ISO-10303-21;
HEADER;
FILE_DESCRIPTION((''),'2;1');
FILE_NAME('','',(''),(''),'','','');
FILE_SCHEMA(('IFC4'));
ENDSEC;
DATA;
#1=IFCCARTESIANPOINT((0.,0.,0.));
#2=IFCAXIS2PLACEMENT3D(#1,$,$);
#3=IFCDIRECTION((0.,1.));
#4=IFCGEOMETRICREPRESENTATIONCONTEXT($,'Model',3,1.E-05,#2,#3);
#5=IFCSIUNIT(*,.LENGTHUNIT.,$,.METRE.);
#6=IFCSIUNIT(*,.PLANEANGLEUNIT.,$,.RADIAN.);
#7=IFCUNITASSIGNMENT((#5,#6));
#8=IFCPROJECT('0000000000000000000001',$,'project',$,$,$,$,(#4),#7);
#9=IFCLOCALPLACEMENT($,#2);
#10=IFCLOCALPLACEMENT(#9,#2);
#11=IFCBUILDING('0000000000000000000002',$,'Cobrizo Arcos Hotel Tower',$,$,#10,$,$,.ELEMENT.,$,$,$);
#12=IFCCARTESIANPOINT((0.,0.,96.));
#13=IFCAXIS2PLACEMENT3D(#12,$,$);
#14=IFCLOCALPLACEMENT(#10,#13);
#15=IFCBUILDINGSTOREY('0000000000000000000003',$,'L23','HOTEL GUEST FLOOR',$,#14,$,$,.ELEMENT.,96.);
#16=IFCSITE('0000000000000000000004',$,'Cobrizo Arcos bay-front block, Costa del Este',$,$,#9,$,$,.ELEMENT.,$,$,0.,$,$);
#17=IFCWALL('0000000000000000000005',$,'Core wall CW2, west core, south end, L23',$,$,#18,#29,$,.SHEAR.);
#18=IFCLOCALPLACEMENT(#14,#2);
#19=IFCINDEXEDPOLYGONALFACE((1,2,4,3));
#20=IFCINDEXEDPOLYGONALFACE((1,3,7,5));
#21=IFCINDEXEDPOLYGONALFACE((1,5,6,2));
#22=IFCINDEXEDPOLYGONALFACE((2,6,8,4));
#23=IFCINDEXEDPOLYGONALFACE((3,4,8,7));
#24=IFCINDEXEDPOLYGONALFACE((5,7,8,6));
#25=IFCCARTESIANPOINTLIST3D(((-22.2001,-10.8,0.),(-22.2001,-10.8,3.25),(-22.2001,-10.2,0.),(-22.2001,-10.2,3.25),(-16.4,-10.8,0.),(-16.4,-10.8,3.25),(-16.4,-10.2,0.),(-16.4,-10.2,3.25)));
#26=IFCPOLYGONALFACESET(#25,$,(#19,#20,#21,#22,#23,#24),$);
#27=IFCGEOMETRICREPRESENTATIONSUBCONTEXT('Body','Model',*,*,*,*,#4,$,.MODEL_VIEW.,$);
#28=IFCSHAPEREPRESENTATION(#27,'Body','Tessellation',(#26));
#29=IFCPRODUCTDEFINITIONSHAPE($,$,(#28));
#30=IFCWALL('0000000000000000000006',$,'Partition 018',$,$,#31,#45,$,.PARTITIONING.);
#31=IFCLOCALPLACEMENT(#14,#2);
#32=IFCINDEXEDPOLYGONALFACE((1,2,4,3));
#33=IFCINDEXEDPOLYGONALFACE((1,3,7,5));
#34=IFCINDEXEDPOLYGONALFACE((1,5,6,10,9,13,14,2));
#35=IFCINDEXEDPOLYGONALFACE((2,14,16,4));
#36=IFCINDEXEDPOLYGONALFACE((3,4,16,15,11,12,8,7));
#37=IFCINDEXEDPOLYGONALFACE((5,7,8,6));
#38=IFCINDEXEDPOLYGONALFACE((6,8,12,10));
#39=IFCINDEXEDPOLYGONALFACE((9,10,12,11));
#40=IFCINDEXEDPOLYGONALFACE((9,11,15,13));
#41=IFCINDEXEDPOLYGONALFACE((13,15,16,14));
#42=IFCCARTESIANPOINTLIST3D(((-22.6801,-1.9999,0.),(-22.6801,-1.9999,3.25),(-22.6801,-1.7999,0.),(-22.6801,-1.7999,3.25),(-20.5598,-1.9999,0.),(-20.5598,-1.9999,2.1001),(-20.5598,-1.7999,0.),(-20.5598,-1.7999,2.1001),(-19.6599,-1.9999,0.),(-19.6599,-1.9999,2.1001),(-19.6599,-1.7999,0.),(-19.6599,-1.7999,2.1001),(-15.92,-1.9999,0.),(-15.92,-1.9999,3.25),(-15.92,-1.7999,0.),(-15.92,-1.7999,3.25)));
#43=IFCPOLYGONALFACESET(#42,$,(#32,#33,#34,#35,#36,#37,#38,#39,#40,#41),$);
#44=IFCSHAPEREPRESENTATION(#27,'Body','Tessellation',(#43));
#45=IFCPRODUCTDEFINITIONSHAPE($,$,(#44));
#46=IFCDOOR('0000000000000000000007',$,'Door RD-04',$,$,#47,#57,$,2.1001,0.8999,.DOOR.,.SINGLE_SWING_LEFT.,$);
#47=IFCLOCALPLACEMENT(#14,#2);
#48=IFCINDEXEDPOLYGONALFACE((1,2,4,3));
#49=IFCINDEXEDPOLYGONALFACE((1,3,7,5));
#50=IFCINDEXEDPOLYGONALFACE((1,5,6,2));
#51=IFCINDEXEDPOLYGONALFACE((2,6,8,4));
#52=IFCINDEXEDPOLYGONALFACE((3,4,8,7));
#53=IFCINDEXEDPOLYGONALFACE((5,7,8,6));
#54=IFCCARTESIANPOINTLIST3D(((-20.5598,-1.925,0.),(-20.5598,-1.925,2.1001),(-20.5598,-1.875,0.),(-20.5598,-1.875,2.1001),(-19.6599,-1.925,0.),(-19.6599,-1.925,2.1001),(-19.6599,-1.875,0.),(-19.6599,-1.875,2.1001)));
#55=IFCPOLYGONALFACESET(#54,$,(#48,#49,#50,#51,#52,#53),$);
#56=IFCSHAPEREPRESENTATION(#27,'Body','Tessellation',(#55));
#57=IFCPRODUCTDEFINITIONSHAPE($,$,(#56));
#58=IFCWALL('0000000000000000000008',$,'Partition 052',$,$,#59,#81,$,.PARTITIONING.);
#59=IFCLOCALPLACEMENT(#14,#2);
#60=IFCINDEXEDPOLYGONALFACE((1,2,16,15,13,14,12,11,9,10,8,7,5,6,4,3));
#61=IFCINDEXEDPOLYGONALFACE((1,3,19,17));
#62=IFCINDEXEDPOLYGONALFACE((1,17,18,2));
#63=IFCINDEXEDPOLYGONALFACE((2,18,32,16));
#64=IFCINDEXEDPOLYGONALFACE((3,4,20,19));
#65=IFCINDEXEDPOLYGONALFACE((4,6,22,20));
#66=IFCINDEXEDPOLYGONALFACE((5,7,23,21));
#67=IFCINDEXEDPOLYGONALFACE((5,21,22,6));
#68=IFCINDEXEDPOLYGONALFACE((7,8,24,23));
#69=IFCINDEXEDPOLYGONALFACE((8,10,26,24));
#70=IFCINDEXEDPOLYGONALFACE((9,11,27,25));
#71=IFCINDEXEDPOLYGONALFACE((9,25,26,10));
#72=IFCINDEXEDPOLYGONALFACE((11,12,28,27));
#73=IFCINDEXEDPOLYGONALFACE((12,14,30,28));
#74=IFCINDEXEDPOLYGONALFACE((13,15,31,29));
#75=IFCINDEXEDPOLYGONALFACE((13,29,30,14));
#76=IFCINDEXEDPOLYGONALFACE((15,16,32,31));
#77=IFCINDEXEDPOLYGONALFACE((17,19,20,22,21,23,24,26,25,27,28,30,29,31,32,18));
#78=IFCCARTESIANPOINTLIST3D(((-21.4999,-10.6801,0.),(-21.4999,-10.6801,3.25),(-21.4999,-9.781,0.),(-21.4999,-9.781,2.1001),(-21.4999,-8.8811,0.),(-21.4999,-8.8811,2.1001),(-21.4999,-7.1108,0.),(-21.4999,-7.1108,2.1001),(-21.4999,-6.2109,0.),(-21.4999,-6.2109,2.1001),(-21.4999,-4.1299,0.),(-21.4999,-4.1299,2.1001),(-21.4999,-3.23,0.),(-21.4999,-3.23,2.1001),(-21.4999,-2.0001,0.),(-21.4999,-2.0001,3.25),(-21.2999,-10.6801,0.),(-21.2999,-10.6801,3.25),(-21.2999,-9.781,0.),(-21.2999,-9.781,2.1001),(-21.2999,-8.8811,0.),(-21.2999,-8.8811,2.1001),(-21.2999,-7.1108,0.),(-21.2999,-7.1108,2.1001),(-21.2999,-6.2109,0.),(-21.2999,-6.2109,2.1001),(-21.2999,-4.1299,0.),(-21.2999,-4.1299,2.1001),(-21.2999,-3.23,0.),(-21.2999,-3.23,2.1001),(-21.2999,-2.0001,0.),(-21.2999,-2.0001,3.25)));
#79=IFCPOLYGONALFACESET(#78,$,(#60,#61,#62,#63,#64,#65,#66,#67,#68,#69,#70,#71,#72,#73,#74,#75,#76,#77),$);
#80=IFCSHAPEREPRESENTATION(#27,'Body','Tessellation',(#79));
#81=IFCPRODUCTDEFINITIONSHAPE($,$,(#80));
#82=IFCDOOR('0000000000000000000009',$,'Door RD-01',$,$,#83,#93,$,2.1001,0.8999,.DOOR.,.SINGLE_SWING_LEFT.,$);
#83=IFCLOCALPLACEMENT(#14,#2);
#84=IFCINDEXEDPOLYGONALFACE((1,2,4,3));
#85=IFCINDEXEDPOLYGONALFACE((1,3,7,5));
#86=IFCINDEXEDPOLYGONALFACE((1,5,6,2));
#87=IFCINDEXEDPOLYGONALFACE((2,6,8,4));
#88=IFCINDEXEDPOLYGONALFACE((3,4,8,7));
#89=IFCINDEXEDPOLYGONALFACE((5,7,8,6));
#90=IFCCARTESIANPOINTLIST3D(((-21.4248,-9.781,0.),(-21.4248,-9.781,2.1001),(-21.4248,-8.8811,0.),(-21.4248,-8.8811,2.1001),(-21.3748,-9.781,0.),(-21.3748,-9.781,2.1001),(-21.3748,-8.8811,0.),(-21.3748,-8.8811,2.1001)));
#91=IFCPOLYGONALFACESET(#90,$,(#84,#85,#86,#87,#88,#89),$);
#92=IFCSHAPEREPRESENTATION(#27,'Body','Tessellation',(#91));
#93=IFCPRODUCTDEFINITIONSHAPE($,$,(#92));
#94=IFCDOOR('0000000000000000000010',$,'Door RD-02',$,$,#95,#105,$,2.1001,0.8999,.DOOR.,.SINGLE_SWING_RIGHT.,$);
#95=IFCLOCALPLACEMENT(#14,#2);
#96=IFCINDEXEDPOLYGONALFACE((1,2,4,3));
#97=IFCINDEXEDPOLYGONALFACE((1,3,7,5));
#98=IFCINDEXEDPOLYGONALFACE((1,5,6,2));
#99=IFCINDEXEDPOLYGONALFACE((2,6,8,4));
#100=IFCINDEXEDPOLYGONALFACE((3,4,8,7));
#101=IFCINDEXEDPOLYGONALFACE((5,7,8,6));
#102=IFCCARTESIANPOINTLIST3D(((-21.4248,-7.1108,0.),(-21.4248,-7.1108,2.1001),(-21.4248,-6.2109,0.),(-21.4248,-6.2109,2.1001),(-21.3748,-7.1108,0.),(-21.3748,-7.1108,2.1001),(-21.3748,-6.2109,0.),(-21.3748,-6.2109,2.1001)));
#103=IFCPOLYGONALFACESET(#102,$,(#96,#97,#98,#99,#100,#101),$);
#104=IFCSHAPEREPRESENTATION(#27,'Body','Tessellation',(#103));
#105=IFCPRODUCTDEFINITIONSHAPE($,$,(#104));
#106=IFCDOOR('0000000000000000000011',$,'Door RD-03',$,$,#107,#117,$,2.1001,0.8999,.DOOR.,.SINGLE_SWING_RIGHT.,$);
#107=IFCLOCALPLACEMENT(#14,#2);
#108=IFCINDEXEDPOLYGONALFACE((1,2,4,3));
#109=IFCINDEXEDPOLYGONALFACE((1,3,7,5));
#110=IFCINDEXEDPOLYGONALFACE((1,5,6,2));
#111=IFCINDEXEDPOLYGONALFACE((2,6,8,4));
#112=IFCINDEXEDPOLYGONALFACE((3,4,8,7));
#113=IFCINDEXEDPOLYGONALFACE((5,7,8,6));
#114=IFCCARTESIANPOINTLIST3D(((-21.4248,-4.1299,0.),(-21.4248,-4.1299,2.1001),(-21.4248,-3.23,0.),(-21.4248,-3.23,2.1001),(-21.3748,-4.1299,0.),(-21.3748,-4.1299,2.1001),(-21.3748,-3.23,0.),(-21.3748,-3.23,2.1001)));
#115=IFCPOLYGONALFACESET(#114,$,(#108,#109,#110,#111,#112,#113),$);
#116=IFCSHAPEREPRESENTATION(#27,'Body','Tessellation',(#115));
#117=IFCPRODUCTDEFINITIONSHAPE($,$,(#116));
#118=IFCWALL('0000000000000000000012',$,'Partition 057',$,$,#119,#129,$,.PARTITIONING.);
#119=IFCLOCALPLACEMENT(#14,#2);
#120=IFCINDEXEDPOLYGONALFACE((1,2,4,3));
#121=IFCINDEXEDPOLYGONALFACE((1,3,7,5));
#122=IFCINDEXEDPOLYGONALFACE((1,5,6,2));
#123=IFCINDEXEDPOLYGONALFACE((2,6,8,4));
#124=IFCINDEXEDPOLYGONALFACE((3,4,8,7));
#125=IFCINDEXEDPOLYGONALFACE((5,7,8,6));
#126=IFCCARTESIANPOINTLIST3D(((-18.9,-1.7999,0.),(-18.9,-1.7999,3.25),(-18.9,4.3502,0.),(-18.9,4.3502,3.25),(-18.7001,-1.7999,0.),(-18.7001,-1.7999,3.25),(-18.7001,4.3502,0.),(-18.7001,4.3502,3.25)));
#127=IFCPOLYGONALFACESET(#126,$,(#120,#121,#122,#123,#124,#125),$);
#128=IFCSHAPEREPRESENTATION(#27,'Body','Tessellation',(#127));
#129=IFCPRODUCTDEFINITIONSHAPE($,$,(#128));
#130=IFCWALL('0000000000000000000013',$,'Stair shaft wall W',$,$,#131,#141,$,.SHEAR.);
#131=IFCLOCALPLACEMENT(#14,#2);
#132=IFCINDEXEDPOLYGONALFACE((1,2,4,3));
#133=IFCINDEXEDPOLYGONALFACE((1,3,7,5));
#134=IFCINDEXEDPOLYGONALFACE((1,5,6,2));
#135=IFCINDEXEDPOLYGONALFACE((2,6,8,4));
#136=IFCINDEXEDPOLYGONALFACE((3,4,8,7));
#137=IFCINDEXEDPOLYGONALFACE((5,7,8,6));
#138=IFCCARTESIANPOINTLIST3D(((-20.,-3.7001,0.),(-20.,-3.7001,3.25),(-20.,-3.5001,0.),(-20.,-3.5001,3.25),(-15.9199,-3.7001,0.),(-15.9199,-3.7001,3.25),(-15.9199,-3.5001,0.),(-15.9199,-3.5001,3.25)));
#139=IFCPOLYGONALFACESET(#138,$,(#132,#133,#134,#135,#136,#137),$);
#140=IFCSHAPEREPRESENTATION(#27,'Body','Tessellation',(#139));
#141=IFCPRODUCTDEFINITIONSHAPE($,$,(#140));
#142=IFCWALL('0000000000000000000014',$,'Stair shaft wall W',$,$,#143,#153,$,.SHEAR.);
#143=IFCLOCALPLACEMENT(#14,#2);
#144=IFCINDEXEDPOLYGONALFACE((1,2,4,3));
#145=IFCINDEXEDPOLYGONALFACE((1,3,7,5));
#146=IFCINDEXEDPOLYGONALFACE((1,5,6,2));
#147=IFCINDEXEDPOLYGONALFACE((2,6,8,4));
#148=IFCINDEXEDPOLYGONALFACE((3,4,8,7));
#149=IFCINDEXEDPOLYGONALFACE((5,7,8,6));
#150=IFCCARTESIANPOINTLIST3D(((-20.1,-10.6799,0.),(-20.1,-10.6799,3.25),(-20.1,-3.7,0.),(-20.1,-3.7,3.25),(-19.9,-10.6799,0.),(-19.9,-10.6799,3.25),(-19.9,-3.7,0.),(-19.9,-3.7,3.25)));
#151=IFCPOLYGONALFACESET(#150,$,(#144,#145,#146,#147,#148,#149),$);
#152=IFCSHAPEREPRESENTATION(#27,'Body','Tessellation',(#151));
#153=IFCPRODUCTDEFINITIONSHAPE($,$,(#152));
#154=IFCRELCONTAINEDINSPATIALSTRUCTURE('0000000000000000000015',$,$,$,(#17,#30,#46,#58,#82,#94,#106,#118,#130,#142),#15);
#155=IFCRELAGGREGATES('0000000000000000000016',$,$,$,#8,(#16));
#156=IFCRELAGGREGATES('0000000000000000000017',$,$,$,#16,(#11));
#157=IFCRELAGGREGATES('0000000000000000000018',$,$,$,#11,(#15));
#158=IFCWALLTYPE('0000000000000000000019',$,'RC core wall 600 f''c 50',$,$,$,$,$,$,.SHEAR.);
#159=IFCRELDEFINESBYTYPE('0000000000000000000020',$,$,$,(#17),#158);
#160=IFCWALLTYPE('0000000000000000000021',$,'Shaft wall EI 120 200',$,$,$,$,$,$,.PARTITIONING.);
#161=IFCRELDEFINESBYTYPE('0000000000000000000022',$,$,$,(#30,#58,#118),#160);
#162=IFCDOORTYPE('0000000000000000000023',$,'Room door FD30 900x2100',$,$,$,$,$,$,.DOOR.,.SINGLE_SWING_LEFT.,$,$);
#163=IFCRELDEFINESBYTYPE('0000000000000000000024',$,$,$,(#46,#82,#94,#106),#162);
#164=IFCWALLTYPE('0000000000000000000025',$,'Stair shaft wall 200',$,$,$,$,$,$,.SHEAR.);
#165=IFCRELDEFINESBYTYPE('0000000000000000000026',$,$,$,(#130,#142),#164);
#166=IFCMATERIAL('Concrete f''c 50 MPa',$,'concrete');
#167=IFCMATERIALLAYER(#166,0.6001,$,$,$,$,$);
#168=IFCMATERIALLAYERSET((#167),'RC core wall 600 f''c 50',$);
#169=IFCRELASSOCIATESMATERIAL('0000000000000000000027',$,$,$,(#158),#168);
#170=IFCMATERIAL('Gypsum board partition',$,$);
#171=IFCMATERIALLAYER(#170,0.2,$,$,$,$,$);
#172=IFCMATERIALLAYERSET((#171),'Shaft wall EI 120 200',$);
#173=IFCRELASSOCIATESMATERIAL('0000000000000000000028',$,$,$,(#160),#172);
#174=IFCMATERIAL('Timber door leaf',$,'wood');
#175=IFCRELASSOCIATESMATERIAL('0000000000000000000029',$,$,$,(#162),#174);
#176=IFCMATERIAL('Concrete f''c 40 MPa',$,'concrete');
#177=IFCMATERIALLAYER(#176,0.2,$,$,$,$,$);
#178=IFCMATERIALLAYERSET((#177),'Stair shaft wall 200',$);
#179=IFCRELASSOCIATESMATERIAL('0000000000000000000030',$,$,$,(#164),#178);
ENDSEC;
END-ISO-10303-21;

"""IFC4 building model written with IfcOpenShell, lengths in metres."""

from ifc_helpers import new_model, si_unit, direction, frame, frame_2d, origin, place, context, subcontext, project, spatial, rectangle, extrude, material, layer, layer_set, type_object, element, fill, save


model = new_model("IFC4")

# Units and contexts
model_context = context("Model", 3, precision=1e-05, world=origin(), true_north=direction((0.0, 1.0)))
body_context = subcontext(model_context, "Body", "Model", "MODEL_VIEW")
ifc_project = project(units=[si_unit("LENGTHUNIT", "METRE"), si_unit("PLANEANGLEUNIT", "RADIAN")], contexts=[model_context])

# Site, building, storey
site_placement = place(None, origin())
site = spatial("IfcSite", under=ifc_project, at=site_placement, Name="Cobrizo Arcos bay-front block, Costa del Este", CompositionType="ELEMENT", RefElevation=0.0)
building_placement = place(site_placement, origin())
building = spatial("IfcBuilding", under=site, at=building_placement, Name="Cobrizo Arcos Hotel Tower", CompositionType="ELEMENT")
storey_placement = place(building_placement, frame((0.0, 0.0, 96.0)))
storey = spatial("IfcBuildingStorey", under=building, at=storey_placement, Name="L23", Description="HOTEL GUEST FLOOR", CompositionType="ELEMENT", Elevation=96.0)

# Wall
ifc_material_1 = material(Name="Gypsum board partition")
ifc_material_2 = material(Name="Concrete f'c 50 MPa", Category="concrete")
ifc_layer_1 = layer(ifc_material_2, 0.6001)
ifc_layer_set_1 = layer_set([ifc_layer_1], Name="RC core wall 600 f'c 50")
wall_type_1 = type_object("IfcWallType", Name="RC core wall 600 f'c 50", PredefinedType="SHEAR", material=ifc_layer_set_1)
wall_1_placement = place(storey_placement, frame((-22.2, -10.5, 0.0), z_axis=(0.0, 0.0, 1.0), x_axis=(1.0, 0.0, 0.0)))
element("IfcWall", 1, at=wall_1_placement, inside=storey, type_object=wall_type_1, Name="Core wall CW2, west core, south end, L23", PredefinedType="SHEAR", context=body_context, shape_type="SweptSolid", body=[
    extrude(rectangle(XDim=5.8, YDim=0.6001, at=frame_2d((2.8999, 0.0))), origin(), (0.0, 0.0, 1.0), 3.25),
])

# Wall, opening, door
ifc_layer_2 = layer(ifc_material_1, 0.2)
ifc_layer_set_2 = layer_set([ifc_layer_2], Name="Shaft wall EI 120 200")
wall_type_2 = type_object("IfcWallType", Name="Shaft wall EI 120 200", PredefinedType="PARTITIONING", material=ifc_layer_set_2)
wall_2_placement = place(storey_placement, frame((-22.6799, -1.8999, 0.0), z_axis=(0.0, 0.0, 1.0), x_axis=(1.0, 0.0, 0.0)))
wall_2 = element("IfcWall", 2, at=wall_2_placement, inside=storey, type_object=wall_type_2, Name="Partition 018", PredefinedType="PARTITIONING", context=body_context, shape_type="SweptSolid", body=[
    extrude(rectangle(XDim=6.76, YDim=0.2, at=frame_2d((3.3799, 0.0))), origin(), (0.0, 0.0, 1.0), 3.25),
])
opening_1_placement = place(wall_2_placement, frame((2.1201, 0.0, 0.0)))
opening_1 = element("IfcOpeningElement", 3, at=opening_1_placement, cuts=wall_2, PredefinedType="OPENING", context=body_context, shape_type="SweptSolid", body=[
    extrude(rectangle(XDim=0.8999, YDim=2.1001, at=frame_2d((0.45, 1.05))), frame((0.0, 0.1121, 0.0), z_axis=(0.0, -1.0, 0.0), x_axis=(1.0, 0.0, 0.0)), (0.0, 0.0, 1.0), 0.2239),
])
ifc_material_3 = material(Name="Timber door leaf", Category="wood")
door_type = type_object("IfcDoorType", Name="Room door FD30 900x2100", OperationType="SINGLE_SWING_LEFT", PredefinedType="DOOR", material=ifc_material_3)
door_1_placement = place(opening_1_placement, origin())
door_1 = element("IfcDoor", 4, at=door_1_placement, inside=storey, type_object=door_type, Name="Door RD-04", OperationType="SINGLE_SWING_LEFT", OverallHeight=2.1001, OverallWidth=0.8999, PredefinedType="DOOR", context=body_context, shape_type="SweptSolid", body=[
    extrude(rectangle(XDim=0.8999, YDim=2.1001, at=frame_2d((0.45, 1.05))), frame((0.0, 0.0249, 0.0), z_axis=(0.0, -1.0, 0.0), x_axis=(1.0, 0.0, 0.0)), (0.0, 0.0, 1.0), 0.05),
])
fill(opening_1, door_1)

# Wall, openings, doors
wall_3_placement = place(storey_placement, frame((-21.3999, -10.6799, 0.0), z_axis=(0.0, 0.0, 1.0), x_axis=(0.0, 1.0, 0.0)))
wall_3 = element("IfcWall", 5, at=wall_3_placement, inside=storey, type_object=wall_type_2, Name="Partition 052", PredefinedType="PARTITIONING", context=body_context, shape_type="SweptSolid", body=[
    extrude(rectangle(XDim=8.6799, YDim=0.2, at=frame_2d((4.3398, 0.0))), origin(), (0.0, 0.0, 1.0), 3.25),
])
opening_2_placement = place(wall_3_placement, frame((0.8989, 0.0, 0.0)))
opening_2 = element("IfcOpeningElement", 6, at=opening_2_placement, cuts=wall_3, PredefinedType="OPENING", context=body_context, shape_type="SweptSolid", body=[
    extrude(rectangle(XDim=0.8999, YDim=2.1001, at=frame_2d((0.45, 1.05))), frame((0.0, 0.1121, 0.0), z_axis=(0.0, -1.0, 0.0), x_axis=(1.0, 0.0, 0.0)), (0.0, 0.0, 1.0), 0.2239),
])
opening_3_placement = place(wall_3_placement, frame((3.5691, 0.0, 0.0)))
opening_3 = element("IfcOpeningElement", 7, at=opening_3_placement, cuts=wall_3, PredefinedType="OPENING", context=body_context, shape_type="SweptSolid", body=[
    extrude(rectangle(XDim=0.8999, YDim=2.1001, at=frame_2d((0.45, 1.05))), frame((0.0, 0.1121, 0.0), z_axis=(0.0, -1.0, 0.0), x_axis=(1.0, 0.0, 0.0)), (0.0, 0.0, 1.0), 0.2239),
])
opening_4_placement = place(wall_3_placement, frame((6.55, 0.0, 0.0)))
opening_4 = element("IfcOpeningElement", 8, at=opening_4_placement, cuts=wall_3, PredefinedType="OPENING", context=body_context, shape_type="SweptSolid", body=[
    extrude(rectangle(XDim=0.8999, YDim=2.1001, at=frame_2d((0.45, 1.05))), frame((0.0, 0.1121, 0.0), z_axis=(0.0, -1.0, 0.0), x_axis=(1.0, 0.0, 0.0)), (0.0, 0.0, 1.0), 0.2239),
])
door_2_placement = place(opening_2_placement, origin())
door_2 = element("IfcDoor", 9, at=door_2_placement, inside=storey, type_object=door_type, Name="Door RD-01", OperationType="SINGLE_SWING_LEFT", OverallHeight=2.1001, OverallWidth=0.8999, PredefinedType="DOOR", context=body_context, shape_type="SweptSolid", body=[
    extrude(rectangle(XDim=0.8999, YDim=2.1001, at=frame_2d((0.45, 1.05))), frame((0.0, 0.0249, 0.0), z_axis=(0.0, -1.0, 0.0), x_axis=(1.0, 0.0, 0.0)), (0.0, 0.0, 1.0), 0.05),
])
fill(opening_2, door_2)
door_3_placement = place(opening_3_placement, origin())
door_3 = element("IfcDoor", 10, at=door_3_placement, inside=storey, type_object=door_type, Name="Door RD-02", OperationType="SINGLE_SWING_RIGHT", OverallHeight=2.1001, OverallWidth=0.8999, PredefinedType="DOOR", context=body_context, shape_type="SweptSolid", body=[
    extrude(rectangle(XDim=0.8999, YDim=2.1001, at=frame_2d((0.45, 1.05))), frame((0.0, 0.0249, 0.0), z_axis=(0.0, -1.0, 0.0), x_axis=(1.0, 0.0, 0.0)), (0.0, 0.0, 1.0), 0.05),
])
fill(opening_3, door_3)
door_4_placement = place(opening_4_placement, origin())
door_4 = element("IfcDoor", 11, at=door_4_placement, inside=storey, type_object=door_type, Name="Door RD-03", OperationType="SINGLE_SWING_RIGHT", OverallHeight=2.1001, OverallWidth=0.8999, PredefinedType="DOOR", context=body_context, shape_type="SweptSolid", body=[
    extrude(rectangle(XDim=0.8999, YDim=2.1001, at=frame_2d((0.45, 1.05))), frame((0.0, 0.0249, 0.0), z_axis=(0.0, -1.0, 0.0), x_axis=(1.0, 0.0, 0.0)), (0.0, 0.0, 1.0), 0.05),
])
fill(opening_4, door_4)

# Walls
wall_4_placement = place(storey_placement, frame((-18.8, -1.8, 0.0), z_axis=(0.0, 0.0, 1.0), x_axis=(0.0, 1.0, 0.0)))
element("IfcWall", 12, at=wall_4_placement, inside=storey, type_object=wall_type_2, Name="Partition 057", PredefinedType="PARTITIONING", context=body_context, shape_type="SweptSolid", body=[
    extrude(rectangle(XDim=6.1501, YDim=0.2, at=frame_2d((3.0752, 0.0))), origin(), (0.0, 0.0, 1.0), 3.25),
])
ifc_material_4 = material(Name="Concrete f'c 40 MPa", Category="concrete")
ifc_layer_3 = layer(ifc_material_4, 0.2)
ifc_layer_set_3 = layer_set([ifc_layer_3], Name="Stair shaft wall 200")
wall_type_3 = type_object("IfcWallType", Name="Stair shaft wall 200", PredefinedType="SHEAR", material=ifc_layer_set_3)
wall_5_placement = place(storey_placement, frame((-20.0, -3.6001, 0.0), z_axis=(0.0, 0.0, 1.0), x_axis=(1.0, 0.0, 0.0)))
element("IfcWall", 13, at=wall_5_placement, inside=storey, type_object=wall_type_3, Name="Stair shaft wall W", PredefinedType="SHEAR", context=body_context, shape_type="SweptSolid", body=[
    extrude(rectangle(XDim=4.0801, YDim=0.2, at=frame_2d((2.04, 0.0))), origin(), (0.0, 0.0, 1.0), 3.25),
])
wall_6_placement = place(storey_placement, frame((-20.0, -10.6799, 0.0), z_axis=(0.0, 0.0, 1.0), x_axis=(0.0, 1.0, 0.0)))
element("IfcWall", 14, at=wall_6_placement, inside=storey, type_object=wall_type_3, Name="Stair shaft wall W", PredefinedType="SHEAR", context=body_context, shape_type="SweptSolid", body=[
    extrude(rectangle(XDim=6.98, YDim=0.2, at=frame_2d((3.49, 0.0))), origin(), (0.0, 0.0, 1.0), 3.25),
])

save(model, "model.ifc")
